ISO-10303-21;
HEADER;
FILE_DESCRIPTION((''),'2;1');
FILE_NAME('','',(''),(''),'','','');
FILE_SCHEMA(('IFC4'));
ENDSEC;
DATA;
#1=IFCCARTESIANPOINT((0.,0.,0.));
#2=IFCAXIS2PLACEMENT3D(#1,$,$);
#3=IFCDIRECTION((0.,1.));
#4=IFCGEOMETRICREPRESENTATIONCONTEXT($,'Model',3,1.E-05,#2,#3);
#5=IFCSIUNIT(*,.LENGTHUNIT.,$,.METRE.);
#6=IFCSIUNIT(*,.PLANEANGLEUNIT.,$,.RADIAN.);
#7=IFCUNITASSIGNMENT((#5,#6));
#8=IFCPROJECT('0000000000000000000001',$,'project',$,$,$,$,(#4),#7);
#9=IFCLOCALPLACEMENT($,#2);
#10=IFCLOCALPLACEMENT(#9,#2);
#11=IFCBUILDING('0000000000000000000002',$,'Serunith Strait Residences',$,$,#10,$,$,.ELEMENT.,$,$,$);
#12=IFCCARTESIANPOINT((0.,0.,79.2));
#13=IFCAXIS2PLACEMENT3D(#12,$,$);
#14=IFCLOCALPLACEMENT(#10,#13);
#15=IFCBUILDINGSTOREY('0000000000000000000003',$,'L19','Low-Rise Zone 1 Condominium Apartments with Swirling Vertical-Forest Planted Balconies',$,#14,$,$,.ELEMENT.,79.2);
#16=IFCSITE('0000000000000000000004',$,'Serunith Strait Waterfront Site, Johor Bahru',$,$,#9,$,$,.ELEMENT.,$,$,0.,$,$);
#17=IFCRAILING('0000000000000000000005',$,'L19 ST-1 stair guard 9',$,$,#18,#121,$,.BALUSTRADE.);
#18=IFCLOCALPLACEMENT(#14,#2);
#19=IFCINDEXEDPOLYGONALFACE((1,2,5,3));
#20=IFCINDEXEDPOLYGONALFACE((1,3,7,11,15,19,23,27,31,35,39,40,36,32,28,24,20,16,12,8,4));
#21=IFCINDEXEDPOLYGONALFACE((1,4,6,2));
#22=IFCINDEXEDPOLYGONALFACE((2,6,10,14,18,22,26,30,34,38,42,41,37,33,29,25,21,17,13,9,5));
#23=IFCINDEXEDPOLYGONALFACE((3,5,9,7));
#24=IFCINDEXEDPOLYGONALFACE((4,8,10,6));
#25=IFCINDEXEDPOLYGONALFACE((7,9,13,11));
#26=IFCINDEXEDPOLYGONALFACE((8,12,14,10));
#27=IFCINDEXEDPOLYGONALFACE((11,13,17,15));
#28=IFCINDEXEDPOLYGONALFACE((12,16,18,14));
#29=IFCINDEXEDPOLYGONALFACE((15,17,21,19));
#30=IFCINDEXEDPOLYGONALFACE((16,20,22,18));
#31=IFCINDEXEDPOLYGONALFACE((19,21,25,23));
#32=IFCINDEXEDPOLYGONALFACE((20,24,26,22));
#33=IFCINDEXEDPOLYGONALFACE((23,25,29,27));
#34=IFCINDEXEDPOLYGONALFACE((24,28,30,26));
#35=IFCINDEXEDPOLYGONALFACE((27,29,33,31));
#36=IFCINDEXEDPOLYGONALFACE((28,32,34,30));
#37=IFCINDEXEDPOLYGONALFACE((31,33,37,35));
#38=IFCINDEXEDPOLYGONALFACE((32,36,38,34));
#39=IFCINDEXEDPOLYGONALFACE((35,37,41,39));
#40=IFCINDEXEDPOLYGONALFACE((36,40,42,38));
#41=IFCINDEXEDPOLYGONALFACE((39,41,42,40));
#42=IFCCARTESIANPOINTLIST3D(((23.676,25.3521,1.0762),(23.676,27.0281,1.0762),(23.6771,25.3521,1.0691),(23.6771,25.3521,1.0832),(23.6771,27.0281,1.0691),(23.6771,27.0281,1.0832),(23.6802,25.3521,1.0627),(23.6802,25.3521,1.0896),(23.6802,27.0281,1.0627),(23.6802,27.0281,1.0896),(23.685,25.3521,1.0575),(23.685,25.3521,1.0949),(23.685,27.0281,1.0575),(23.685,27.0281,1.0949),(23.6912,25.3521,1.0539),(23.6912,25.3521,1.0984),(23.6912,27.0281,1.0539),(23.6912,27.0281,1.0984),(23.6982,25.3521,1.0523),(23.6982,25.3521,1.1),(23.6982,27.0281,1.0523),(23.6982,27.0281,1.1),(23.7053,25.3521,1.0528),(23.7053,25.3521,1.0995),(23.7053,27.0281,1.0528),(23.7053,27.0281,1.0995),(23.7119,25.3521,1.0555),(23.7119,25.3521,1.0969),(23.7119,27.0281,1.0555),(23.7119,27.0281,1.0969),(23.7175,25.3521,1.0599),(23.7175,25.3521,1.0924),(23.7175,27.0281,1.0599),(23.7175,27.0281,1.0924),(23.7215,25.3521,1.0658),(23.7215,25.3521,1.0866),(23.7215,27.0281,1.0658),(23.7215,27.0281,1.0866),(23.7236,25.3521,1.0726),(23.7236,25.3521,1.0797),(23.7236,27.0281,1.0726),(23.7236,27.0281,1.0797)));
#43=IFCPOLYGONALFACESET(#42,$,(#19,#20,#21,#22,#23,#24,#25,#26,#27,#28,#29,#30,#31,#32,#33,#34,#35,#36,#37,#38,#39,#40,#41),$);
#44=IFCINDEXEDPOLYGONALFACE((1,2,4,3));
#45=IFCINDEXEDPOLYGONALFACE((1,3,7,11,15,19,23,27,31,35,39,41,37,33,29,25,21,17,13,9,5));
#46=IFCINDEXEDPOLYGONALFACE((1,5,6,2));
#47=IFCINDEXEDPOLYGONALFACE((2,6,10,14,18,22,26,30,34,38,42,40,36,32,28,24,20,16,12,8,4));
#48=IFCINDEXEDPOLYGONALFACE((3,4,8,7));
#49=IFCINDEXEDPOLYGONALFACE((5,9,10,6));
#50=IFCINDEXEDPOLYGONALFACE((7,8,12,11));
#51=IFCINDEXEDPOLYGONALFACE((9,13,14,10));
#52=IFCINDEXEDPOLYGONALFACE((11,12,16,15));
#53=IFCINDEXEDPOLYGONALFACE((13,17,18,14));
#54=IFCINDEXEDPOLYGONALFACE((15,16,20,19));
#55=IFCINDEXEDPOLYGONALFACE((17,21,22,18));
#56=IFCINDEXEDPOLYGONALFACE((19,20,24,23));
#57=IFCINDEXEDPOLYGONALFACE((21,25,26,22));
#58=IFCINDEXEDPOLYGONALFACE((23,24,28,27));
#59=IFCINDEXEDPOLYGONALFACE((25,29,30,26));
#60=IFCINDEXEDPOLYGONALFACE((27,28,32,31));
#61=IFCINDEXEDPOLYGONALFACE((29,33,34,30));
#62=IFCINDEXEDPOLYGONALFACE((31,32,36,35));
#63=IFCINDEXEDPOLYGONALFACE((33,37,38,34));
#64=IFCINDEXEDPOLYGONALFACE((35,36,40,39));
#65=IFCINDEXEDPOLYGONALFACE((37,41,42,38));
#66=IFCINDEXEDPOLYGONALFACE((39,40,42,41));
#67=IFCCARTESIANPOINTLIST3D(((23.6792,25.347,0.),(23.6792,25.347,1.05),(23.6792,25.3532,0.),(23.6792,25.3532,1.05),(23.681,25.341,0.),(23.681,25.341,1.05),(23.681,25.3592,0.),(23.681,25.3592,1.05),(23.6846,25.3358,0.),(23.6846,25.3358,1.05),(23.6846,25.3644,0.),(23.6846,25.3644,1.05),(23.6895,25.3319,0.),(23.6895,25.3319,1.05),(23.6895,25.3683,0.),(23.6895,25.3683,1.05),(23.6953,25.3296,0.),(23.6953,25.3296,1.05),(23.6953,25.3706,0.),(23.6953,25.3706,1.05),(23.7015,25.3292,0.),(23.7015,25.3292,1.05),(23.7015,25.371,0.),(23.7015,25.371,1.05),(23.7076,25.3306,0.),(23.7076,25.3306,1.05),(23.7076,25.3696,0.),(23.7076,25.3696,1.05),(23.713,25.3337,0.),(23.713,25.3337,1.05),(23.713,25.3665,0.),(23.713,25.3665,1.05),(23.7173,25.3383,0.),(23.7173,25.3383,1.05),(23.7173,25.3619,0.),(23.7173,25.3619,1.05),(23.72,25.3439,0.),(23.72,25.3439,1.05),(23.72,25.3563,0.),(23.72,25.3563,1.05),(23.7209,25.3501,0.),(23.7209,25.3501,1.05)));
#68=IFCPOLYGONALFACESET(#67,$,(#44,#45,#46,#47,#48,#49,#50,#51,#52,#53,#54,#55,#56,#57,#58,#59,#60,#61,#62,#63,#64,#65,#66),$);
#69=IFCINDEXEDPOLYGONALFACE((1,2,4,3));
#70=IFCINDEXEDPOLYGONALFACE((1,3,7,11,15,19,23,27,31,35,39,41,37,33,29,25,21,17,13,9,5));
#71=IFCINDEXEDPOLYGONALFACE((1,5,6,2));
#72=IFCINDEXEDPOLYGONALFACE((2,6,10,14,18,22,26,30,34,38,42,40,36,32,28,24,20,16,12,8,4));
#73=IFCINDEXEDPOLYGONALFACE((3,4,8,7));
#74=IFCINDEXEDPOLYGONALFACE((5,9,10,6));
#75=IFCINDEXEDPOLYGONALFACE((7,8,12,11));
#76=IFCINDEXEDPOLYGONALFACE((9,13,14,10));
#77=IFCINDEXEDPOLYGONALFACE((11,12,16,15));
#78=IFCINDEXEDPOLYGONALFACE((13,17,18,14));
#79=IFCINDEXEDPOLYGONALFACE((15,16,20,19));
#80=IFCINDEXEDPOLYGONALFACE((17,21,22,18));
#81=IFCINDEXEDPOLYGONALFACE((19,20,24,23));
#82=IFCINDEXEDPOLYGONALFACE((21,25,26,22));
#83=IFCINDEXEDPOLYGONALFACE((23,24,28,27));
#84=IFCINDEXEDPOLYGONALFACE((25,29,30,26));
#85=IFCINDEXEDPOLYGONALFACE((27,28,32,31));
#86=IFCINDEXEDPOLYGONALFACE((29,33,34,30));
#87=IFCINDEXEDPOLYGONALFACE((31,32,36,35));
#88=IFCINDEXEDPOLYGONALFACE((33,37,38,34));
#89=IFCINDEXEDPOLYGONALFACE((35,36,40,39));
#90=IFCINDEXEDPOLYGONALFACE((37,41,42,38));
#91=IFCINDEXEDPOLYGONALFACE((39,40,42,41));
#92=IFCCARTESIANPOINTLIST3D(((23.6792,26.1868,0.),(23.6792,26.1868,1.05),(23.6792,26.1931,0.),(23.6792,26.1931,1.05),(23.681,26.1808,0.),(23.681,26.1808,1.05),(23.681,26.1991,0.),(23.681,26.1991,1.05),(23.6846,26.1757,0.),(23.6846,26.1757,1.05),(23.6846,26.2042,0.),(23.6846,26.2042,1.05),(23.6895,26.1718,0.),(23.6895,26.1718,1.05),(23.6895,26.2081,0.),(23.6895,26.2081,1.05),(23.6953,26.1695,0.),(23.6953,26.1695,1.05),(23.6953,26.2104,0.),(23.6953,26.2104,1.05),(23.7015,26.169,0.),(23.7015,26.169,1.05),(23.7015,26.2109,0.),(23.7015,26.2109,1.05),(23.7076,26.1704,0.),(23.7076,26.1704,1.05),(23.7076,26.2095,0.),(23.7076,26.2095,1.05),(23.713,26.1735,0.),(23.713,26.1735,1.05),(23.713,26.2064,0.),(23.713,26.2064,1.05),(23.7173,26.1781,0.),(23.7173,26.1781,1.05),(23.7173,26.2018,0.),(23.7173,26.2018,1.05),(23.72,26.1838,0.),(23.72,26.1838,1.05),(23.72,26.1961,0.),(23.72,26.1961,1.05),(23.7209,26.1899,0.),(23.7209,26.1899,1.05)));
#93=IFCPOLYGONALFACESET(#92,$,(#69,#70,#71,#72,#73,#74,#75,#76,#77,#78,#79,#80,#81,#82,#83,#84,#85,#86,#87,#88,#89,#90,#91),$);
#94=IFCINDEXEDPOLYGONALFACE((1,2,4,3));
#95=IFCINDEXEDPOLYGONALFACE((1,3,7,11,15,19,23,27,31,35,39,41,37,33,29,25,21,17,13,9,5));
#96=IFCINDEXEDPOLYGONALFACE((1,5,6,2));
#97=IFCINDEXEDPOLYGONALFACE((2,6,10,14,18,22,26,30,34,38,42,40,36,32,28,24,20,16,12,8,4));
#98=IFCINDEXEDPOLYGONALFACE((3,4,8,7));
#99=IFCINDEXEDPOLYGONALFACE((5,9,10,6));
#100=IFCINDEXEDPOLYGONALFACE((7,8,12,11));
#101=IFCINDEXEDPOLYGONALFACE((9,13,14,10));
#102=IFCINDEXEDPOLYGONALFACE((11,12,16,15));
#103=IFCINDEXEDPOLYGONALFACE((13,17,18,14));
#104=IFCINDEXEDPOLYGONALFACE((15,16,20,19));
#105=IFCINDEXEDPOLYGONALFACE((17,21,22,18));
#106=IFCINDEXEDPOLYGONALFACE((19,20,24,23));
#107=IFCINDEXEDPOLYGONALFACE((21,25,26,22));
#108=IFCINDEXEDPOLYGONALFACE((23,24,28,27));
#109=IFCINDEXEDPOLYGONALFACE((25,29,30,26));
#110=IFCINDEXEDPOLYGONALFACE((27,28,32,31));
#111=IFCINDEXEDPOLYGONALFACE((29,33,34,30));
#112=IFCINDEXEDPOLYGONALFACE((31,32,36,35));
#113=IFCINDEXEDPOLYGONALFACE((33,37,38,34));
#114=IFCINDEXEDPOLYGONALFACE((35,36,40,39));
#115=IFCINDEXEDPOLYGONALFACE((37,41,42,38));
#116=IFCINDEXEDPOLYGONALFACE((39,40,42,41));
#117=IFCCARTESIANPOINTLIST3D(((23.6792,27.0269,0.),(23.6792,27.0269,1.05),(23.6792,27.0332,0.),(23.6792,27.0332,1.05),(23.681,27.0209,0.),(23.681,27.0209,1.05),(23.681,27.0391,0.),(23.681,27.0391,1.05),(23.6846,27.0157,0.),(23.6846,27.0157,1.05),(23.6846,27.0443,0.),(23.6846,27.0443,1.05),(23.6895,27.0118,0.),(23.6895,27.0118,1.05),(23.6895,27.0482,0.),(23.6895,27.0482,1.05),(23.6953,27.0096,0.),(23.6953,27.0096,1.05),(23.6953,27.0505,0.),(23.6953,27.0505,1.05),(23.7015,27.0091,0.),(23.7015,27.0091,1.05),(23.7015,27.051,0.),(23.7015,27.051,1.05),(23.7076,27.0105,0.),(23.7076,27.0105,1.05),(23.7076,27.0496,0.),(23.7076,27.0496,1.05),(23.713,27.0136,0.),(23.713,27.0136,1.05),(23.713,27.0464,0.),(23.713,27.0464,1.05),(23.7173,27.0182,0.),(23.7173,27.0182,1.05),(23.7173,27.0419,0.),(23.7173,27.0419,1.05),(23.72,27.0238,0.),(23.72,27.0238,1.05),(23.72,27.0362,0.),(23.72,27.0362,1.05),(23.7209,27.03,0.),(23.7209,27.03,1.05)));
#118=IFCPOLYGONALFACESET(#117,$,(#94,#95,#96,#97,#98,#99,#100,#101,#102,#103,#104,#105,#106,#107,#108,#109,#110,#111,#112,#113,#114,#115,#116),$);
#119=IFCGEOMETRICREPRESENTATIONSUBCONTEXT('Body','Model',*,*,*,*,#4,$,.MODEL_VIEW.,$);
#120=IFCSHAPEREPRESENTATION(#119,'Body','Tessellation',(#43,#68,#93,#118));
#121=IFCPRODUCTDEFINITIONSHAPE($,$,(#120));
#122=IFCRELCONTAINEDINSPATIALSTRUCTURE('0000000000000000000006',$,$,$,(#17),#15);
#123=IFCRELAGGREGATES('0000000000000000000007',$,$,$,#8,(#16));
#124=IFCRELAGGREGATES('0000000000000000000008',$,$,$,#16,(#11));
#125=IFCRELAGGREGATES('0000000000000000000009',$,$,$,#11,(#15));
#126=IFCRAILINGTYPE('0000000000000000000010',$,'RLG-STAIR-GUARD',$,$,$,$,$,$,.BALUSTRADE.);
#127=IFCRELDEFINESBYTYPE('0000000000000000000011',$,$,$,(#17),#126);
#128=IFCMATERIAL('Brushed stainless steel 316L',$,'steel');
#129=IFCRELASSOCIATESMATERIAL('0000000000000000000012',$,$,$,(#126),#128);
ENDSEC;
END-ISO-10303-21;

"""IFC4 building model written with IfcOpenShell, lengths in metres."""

from ifc_helpers import new_model, si_unit, direction, frame, origin, origin_2d, place, context, subcontext, project, spatial, circle, extrude, material, type_object, element, save


model = new_model("IFC4")

# Units and contexts
model_context = context("Model", 3, precision=1e-05, world=origin(), true_north=direction((0.0, 1.0)))
body_context = subcontext(model_context, "Body", "Model", "MODEL_VIEW")
ifc_project = project(units=[si_unit("LENGTHUNIT", "METRE"), si_unit("PLANEANGLEUNIT", "RADIAN")], contexts=[model_context])

# Site, building, storey
site_placement = place(None, origin())
site = spatial("IfcSite", under=ifc_project, at=site_placement, Name="Serunith Strait Waterfront Site, Johor Bahru", CompositionType="ELEMENT", RefElevation=0.0)
building_placement = place(site_placement, origin())
building = spatial("IfcBuilding", under=site, at=building_placement, Name="Serunith Strait Residences", CompositionType="ELEMENT")
storey_placement = place(building_placement, frame((0.0, 0.0, 79.2)))
storey = spatial("IfcBuildingStorey", under=building, at=storey_placement, Name="L19", Description="Low-Rise Zone 1 Condominium Apartments with Swirling Vertical-Forest Planted Balconies", CompositionType="ELEMENT", Elevation=79.2)

# Railing
ifc_material_1 = material(Name="Brushed stainless steel 316L", Category="steel")
railing_type_1 = type_object("IfcRailingType", Name="RLG-STAIR-GUARD", PredefinedType="BALUSTRADE", material=ifc_material_1)
for number, where, name in (
    (1, (23.7, 25.3501, 0.0), "L19 ST-1 stair guard 9"),
):
    element("IfcRailing", number, at=place(storey_placement, frame(where)), inside=storey, type_object=railing_type_1, Name=name, PredefinedType="BALUSTRADE", context=body_context, shape_type="SweptSolid", body=[
        extrude(circle(Radius=0.0239, at=origin_2d()), frame((0.0, 0.002, 1.0762), z_axis=(0.0, 1.0, 0.0), x_axis=(-1.0, 0.0, 0.0)), (0.0, 0.0, 1.0), 1.676),
        extrude(circle(Radius=0.021, at=origin_2d()), origin(), (0.0, 0.0, 1.0), 1.05),
        extrude(circle(Radius=0.021, at=origin_2d()), frame((0.0, 0.8398, 0.0)), (0.0, 0.0, 1.0), 1.05),
        extrude(circle(Radius=0.021, at=origin_2d()), frame((0.0, 1.6799, 0.0)), (0.0, 0.0, 1.0), 1.05),
    ])

save(model, "model.ifc")
